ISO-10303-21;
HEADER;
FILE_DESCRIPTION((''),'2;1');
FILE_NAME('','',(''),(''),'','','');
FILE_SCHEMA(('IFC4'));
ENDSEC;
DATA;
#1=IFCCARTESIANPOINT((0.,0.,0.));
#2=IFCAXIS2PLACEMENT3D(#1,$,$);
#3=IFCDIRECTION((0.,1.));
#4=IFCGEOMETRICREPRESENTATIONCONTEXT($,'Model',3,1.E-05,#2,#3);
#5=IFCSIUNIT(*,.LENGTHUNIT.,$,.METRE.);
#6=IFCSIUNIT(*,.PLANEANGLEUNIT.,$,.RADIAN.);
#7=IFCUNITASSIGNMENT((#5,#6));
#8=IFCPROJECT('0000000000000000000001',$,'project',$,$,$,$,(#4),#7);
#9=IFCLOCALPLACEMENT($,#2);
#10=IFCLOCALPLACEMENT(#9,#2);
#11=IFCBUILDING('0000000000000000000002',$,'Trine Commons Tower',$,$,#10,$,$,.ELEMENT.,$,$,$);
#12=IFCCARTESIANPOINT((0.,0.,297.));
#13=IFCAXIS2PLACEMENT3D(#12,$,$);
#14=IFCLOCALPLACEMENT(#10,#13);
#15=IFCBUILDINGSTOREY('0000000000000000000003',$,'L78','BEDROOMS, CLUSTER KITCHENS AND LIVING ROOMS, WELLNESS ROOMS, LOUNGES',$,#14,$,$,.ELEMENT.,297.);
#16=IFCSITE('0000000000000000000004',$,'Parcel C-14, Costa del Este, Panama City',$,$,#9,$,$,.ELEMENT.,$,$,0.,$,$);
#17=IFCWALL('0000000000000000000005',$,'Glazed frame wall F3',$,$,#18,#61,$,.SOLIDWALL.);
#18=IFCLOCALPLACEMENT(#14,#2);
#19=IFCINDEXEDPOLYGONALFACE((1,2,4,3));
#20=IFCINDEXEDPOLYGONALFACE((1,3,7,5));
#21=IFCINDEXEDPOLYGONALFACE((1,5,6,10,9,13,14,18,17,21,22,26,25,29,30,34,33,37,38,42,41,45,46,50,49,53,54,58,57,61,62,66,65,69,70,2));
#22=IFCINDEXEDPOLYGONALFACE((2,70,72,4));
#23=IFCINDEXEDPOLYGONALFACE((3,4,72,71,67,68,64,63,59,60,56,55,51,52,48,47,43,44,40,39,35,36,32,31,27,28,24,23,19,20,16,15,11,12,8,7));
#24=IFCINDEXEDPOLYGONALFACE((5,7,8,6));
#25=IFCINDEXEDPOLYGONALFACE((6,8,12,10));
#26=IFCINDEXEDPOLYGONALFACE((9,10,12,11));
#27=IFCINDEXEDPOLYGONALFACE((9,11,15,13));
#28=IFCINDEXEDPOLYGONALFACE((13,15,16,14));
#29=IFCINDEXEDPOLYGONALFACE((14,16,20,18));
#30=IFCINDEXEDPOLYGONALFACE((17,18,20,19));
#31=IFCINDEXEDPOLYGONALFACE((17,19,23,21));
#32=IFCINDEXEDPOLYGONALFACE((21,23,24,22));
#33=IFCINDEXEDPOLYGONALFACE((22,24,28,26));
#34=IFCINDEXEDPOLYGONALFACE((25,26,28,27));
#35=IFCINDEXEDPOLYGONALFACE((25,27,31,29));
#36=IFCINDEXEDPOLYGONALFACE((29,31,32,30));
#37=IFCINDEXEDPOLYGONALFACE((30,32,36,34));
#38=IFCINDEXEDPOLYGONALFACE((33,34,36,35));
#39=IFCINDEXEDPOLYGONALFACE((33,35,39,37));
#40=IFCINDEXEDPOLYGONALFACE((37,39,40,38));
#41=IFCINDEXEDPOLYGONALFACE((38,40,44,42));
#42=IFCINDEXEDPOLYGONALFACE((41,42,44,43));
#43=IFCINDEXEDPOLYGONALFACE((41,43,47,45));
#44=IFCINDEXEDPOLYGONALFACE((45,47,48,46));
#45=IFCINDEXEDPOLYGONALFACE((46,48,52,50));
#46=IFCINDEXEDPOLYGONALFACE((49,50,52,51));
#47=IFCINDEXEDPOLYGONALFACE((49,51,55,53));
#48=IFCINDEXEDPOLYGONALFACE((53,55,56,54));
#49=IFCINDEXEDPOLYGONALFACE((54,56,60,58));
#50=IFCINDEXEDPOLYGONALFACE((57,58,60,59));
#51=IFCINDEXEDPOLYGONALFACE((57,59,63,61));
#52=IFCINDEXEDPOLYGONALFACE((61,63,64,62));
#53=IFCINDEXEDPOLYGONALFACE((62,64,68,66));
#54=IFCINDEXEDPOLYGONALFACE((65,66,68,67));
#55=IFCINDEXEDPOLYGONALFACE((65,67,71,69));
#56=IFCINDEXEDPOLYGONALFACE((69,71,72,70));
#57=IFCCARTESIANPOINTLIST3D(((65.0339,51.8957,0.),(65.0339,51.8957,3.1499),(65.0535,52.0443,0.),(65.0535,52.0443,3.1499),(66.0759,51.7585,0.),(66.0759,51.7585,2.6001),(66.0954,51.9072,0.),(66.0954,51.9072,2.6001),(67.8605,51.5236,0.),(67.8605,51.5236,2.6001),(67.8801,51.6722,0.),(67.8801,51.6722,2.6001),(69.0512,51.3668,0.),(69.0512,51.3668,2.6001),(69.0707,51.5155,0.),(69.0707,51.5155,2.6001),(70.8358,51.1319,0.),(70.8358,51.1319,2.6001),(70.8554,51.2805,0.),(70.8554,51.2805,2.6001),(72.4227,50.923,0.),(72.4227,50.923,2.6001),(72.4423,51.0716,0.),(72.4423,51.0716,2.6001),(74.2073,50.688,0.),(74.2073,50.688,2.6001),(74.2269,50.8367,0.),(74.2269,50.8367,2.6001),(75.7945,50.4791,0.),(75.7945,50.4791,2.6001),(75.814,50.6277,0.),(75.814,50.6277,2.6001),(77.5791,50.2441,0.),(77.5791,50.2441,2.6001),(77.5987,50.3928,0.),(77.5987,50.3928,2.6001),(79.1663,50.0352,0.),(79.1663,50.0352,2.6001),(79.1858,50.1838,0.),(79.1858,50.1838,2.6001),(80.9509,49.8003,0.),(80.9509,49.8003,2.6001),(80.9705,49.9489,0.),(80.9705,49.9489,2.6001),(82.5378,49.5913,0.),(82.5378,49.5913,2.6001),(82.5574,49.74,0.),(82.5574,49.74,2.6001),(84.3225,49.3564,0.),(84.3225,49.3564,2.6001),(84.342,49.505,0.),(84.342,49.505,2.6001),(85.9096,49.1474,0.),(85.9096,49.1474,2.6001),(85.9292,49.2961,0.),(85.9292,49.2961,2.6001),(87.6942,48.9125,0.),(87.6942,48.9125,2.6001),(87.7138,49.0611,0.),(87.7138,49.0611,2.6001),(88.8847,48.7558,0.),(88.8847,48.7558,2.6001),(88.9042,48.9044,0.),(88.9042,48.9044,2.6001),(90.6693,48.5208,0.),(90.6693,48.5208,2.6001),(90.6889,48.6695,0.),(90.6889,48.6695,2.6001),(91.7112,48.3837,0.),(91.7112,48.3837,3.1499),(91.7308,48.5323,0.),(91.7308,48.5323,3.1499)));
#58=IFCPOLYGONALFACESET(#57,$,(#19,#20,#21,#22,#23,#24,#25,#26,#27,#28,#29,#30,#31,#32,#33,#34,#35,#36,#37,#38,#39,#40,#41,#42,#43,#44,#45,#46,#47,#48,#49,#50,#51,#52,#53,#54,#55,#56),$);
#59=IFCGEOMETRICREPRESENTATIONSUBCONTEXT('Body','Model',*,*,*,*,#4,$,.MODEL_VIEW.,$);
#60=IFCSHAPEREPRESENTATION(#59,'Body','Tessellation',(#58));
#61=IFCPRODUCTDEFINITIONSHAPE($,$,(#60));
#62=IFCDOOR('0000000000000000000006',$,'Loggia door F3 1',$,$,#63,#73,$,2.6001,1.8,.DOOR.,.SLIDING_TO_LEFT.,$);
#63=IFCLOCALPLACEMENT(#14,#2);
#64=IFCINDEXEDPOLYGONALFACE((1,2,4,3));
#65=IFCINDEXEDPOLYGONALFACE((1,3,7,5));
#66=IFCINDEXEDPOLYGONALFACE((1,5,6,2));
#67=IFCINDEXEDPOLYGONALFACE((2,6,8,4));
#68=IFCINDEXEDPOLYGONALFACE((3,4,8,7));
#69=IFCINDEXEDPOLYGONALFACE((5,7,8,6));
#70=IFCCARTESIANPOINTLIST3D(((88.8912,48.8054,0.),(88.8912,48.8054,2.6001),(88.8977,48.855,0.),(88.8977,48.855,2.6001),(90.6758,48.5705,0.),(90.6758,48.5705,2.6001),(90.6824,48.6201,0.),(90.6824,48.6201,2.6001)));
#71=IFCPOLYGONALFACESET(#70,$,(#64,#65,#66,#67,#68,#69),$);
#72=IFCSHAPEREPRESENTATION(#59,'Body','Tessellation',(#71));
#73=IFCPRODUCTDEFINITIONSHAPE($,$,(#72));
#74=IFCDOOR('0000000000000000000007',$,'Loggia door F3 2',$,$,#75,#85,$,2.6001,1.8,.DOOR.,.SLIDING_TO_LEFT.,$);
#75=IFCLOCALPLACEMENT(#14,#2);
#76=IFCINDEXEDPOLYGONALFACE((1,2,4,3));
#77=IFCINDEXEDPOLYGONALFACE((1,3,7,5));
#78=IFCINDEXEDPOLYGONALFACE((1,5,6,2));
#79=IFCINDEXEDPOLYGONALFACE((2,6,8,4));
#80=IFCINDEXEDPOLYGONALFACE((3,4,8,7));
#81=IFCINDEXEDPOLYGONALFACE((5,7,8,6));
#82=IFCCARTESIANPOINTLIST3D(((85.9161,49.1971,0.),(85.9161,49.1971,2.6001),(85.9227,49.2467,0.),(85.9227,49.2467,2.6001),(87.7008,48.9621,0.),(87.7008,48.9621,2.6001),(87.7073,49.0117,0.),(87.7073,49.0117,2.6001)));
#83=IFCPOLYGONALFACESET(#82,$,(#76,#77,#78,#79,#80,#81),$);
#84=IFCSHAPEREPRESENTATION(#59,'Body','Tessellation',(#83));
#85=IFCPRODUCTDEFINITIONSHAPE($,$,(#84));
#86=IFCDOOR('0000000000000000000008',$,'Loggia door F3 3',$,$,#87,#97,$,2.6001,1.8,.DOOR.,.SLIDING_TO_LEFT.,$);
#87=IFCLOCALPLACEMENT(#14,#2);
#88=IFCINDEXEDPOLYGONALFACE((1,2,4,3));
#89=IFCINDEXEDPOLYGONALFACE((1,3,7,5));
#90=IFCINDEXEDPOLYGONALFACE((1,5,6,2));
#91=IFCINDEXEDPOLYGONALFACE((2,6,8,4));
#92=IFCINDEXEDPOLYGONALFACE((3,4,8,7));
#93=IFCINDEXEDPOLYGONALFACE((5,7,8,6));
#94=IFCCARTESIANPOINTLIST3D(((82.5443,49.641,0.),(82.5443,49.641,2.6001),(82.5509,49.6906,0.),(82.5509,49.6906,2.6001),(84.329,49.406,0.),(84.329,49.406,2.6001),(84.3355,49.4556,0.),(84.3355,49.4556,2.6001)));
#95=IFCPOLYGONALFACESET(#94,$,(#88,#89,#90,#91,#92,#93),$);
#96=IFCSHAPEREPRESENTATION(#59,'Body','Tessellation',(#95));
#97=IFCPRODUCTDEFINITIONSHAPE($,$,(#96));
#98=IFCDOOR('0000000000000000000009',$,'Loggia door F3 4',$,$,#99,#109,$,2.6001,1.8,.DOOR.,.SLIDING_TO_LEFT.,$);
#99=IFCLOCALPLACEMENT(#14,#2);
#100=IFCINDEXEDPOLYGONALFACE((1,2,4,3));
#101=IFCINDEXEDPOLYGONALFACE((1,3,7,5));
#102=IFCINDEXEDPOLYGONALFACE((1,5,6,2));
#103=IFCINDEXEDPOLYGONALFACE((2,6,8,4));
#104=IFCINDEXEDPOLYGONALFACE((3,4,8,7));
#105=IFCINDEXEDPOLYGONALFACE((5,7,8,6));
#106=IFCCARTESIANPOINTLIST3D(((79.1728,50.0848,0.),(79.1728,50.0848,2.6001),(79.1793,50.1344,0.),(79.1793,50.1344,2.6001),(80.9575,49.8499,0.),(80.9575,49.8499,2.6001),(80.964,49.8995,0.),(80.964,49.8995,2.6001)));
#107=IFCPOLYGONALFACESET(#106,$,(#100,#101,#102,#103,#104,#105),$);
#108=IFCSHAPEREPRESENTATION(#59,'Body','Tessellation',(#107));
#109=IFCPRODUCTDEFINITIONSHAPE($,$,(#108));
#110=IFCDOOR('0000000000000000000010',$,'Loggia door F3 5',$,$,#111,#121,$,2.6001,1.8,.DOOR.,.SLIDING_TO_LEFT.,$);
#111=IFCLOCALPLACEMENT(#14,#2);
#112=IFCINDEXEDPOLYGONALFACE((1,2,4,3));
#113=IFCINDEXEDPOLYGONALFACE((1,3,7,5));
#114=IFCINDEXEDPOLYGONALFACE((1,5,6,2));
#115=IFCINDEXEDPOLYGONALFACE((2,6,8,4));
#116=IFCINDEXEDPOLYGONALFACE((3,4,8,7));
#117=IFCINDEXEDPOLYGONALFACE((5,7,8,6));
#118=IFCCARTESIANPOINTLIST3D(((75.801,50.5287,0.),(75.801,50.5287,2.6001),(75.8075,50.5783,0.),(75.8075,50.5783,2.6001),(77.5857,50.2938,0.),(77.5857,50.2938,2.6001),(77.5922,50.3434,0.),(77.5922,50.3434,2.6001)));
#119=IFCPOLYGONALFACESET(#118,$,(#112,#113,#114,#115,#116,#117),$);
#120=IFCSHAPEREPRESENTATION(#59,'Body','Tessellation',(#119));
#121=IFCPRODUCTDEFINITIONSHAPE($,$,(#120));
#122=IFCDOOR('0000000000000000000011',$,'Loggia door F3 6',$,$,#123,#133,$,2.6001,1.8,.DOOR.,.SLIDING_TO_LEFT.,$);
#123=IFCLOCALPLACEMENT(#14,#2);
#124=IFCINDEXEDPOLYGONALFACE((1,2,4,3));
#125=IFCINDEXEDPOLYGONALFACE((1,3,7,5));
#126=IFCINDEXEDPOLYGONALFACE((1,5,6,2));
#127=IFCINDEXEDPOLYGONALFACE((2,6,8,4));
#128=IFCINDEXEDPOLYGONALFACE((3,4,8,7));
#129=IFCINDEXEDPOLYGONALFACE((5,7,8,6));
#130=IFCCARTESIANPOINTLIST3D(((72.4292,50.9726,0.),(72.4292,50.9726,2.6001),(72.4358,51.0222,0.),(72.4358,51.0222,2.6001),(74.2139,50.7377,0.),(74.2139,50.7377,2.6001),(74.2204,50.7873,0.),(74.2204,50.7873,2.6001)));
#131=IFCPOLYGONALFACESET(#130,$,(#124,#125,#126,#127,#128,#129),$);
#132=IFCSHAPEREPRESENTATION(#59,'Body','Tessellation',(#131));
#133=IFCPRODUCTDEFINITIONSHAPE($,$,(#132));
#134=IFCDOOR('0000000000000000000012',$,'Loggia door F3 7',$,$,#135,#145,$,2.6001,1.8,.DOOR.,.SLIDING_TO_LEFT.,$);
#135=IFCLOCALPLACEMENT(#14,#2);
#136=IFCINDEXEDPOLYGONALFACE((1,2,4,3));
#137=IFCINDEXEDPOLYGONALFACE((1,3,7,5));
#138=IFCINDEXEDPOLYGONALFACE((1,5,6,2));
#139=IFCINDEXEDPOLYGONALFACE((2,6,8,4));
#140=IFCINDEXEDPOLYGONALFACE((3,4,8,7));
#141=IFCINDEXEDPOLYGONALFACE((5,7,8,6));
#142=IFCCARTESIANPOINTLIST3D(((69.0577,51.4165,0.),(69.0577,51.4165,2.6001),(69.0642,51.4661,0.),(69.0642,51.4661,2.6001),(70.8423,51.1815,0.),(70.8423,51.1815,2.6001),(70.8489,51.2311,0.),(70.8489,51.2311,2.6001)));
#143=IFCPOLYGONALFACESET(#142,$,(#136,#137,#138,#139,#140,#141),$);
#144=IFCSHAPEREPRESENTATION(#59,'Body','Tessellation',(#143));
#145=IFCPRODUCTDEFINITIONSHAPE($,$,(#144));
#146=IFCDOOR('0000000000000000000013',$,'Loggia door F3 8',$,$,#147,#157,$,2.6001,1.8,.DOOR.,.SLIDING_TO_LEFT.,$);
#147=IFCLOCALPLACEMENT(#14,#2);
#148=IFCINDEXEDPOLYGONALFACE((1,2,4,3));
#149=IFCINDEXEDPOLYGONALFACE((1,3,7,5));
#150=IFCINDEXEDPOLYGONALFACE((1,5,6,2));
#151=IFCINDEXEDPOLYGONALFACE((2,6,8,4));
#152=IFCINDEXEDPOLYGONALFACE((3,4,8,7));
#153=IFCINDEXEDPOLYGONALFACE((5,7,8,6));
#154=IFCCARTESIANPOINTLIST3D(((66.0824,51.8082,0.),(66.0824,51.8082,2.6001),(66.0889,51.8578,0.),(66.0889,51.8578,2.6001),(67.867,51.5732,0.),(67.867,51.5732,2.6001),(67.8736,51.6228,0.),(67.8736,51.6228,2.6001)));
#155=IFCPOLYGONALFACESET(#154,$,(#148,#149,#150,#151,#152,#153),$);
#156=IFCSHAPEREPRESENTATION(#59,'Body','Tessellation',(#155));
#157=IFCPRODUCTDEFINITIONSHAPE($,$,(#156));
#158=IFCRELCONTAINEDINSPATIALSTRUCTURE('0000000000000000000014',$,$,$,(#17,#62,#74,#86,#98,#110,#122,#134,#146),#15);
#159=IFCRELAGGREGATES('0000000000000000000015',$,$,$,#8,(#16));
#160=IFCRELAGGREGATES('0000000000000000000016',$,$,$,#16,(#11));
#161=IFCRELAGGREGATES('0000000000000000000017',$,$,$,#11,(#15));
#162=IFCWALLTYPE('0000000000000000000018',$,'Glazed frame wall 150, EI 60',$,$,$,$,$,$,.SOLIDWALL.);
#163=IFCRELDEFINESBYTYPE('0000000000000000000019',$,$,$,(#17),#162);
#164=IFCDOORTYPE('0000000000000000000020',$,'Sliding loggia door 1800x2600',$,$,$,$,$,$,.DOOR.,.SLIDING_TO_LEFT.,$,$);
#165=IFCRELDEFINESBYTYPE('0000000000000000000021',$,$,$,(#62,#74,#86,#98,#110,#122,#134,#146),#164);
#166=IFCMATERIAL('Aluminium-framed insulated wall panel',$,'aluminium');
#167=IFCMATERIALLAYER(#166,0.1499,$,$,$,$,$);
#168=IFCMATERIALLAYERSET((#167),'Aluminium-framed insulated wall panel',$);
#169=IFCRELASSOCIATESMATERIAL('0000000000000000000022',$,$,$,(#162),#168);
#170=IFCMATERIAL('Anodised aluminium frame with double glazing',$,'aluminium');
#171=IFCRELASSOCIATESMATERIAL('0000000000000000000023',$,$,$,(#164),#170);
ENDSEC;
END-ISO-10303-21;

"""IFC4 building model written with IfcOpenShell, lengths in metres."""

from ifc_helpers import new_model, si_unit, direction, frame, frame_2d, origin, place, context, subcontext, project, spatial, polyline, rectangle, outline, extrude, material, layer, layer_set, type_object, element, fill, save


model = new_model("IFC4")

# Units and contexts
model_context = context("Model", 3, precision=1e-05, world=origin(), true_north=direction((0.0, 1.0)))
body_context = subcontext(model_context, "Body", "Model", "MODEL_VIEW")
ifc_project = project(units=[si_unit("LENGTHUNIT", "METRE"), si_unit("PLANEANGLEUNIT", "RADIAN")], contexts=[model_context])

# Site, building, storey
site_placement = place(None, origin())
site = spatial("IfcSite", under=ifc_project, at=site_placement, Name="Parcel C-14, Costa del Este, Panama City", CompositionType="ELEMENT", RefElevation=0.0)
building_placement = place(site_placement, origin())
building = spatial("IfcBuilding", under=site, at=building_placement, Name="Trine Commons Tower", CompositionType="ELEMENT")
storey_placement = place(building_placement, frame((0.0, 0.0, 297.0)))
storey = spatial("IfcBuildingStorey", under=building, at=storey_placement, Name="L78", Description="BEDROOMS, CLUSTER KITCHENS AND LIVING ROOMS, WELLNESS ROOMS, LOUNGES", CompositionType="ELEMENT", Elevation=297.0)

# Shared definitions
ifc_material_1 = material(Name="Aluminium-framed insulated wall panel", Category="aluminium")
ifc_layer_1 = layer(ifc_material_1, 0.1499)
ifc_layer_set_1 = layer_set([ifc_layer_1], Name="Aluminium-framed insulated wall panel")
wall_type_1 = type_object("IfcWallType", Name="Glazed frame wall 150, EI 60", PredefinedType="SOLIDWALL", material=ifc_layer_set_1)
ifc_material_2 = material(Name="Anodised aluminium frame with double glazing", Category="aluminium")
door_type_1 = type_object("IfcDoorType", Name="Sliding loggia door 1800x2600", OperationType="SLIDING_TO_LEFT", PredefinedType="DOOR", material=ifc_material_2)

# Wall, openings, doors
wall_1_placement = place(storey_placement, frame((91.8691, 48.4385, 0.0), z_axis=(0.0, 0.0, 1.0), x_axis=(-0.991445, 0.130523, 0.0)))
wall_1 = element("IfcWall", 1, at=wall_1_placement, inside=storey, type_object=wall_type_1, Name="Glazed frame wall F3", PredefinedType="SOLIDWALL", context=body_context, shape_type="SweptSolid", body=[
    extrude(outline(polyline([(0.1494, 0.075), (0.1494, -0.075), (27.0569, -0.075), (27.0569, 0.075), (0.1494, 0.075)])), origin(), (0.0, 0.0, 1.0), 3.1499),
])
opening_1_placement = place(wall_1_placement, frame((1.2004, 0.0, 0.0)))
opening_1 = element("IfcOpeningElement", 2, at=opening_1_placement, cuts=wall_1, PredefinedType="OPENING", context=body_context, shape_type="SweptSolid", body=[
    extrude(rectangle(XDim=1.8, YDim=2.6001, at=frame_2d((0.8999, 1.3))), frame((0.0, 0.085, 0.0), z_axis=(0.0, -1.0, 0.0), x_axis=(1.0, 0.0, 0.0)), (0.0, 0.0, 1.0), 0.1699),
])
opening_2_placement = place(wall_1_placement, frame((4.2012, 0.0, 0.0)))
opening_2 = element("IfcOpeningElement", 3, at=opening_2_placement, cuts=wall_1, PredefinedType="OPENING", context=body_context, shape_type="SweptSolid", body=[
    extrude(rectangle(XDim=1.8, YDim=2.6001, at=frame_2d((0.8999, 1.3))), frame((0.0, 0.085, 0.0), z_axis=(0.0, -1.0, 0.0), x_axis=(1.0, 0.0, 0.0)), (0.0, 0.0, 1.0), 0.1699),
])
opening_3_placement = place(wall_1_placement, frame((7.6021, 0.0, 0.0)))
opening_3 = element("IfcOpeningElement", 4, at=opening_3_placement, cuts=wall_1, PredefinedType="OPENING", context=body_context, shape_type="SweptSolid", body=[
    extrude(rectangle(XDim=1.8, YDim=2.6001, at=frame_2d((0.8999, 1.3))), frame((0.0, 0.085, 0.0), z_axis=(0.0, -1.0, 0.0), x_axis=(1.0, 0.0, 0.0)), (0.0, 0.0, 1.0), 0.1699),
])
opening_4_placement = place(wall_1_placement, frame((11.0027, 0.0, 0.0)))
opening_4 = element("IfcOpeningElement", 5, at=opening_4_placement, cuts=wall_1, PredefinedType="OPENING", context=body_context, shape_type="SweptSolid", body=[
    extrude(rectangle(XDim=1.8, YDim=2.6001, at=frame_2d((0.8999, 1.3))), frame((0.0, 0.085, 0.0), z_axis=(0.0, -1.0, 0.0), x_axis=(1.0, 0.0, 0.0)), (0.0, 0.0, 1.0), 0.1699),
])
opening_5_placement = place(wall_1_placement, frame((14.4036, 0.0, 0.0)))
opening_5 = element("IfcOpeningElement", 6, at=opening_5_placement, cuts=wall_1, PredefinedType="OPENING", context=body_context, shape_type="SweptSolid", body=[
    extrude(rectangle(XDim=1.8, YDim=2.6001, at=frame_2d((0.8999, 1.3))), frame((0.0, 0.085, 0.0), z_axis=(0.0, -1.0, 0.0), x_axis=(1.0, 0.0, 0.0)), (0.0, 0.0, 1.0), 0.1699),
])
opening_6_placement = place(wall_1_placement, frame((17.8044, 0.0, 0.0)))
opening_6 = element("IfcOpeningElement", 7, at=opening_6_placement, cuts=wall_1, PredefinedType="OPENING", context=body_context, shape_type="SweptSolid", body=[
    extrude(rectangle(XDim=1.8, YDim=2.6001, at=frame_2d((0.8999, 1.3))), frame((0.0, 0.085, 0.0), z_axis=(0.0, -1.0, 0.0), x_axis=(1.0, 0.0, 0.0)), (0.0, 0.0, 1.0), 0.1699),
])
opening_7_placement = place(wall_1_placement, frame((21.2051, 0.0, 0.0)))
opening_7 = element("IfcOpeningElement", 8, at=opening_7_placement, cuts=wall_1, PredefinedType="OPENING", context=body_context, shape_type="SweptSolid", body=[
    extrude(rectangle(XDim=1.8, YDim=2.6001, at=frame_2d((0.8999, 1.3))), frame((0.0, 0.085, 0.0), z_axis=(0.0, -1.0, 0.0), x_axis=(1.0, 0.0, 0.0)), (0.0, 0.0, 1.0), 0.1699),
])
opening_8_placement = place(wall_1_placement, frame((24.2061, 0.0, 0.0)))
opening_8 = element("IfcOpeningElement", 9, at=opening_8_placement, cuts=wall_1, PredefinedType="OPENING", context=body_context, shape_type="SweptSolid", body=[
    extrude(rectangle(XDim=1.8, YDim=2.6001, at=frame_2d((0.8999, 1.3))), frame((0.0, 0.085, 0.0), z_axis=(0.0, -1.0, 0.0), x_axis=(1.0, 0.0, 0.0)), (0.0, 0.0, 1.0), 0.1699),
])
door_1_placement = place(opening_1_placement, origin())
door_1 = element("IfcDoor", 10, at=door_1_placement, inside=storey, type_object=door_type_1, Name="Loggia door F3 1", OperationType="SLIDING_TO_LEFT", OverallHeight=2.6001, OverallWidth=1.8, PredefinedType="DOOR", context=body_context, shape_type="SweptSolid", body=[
    extrude(rectangle(XDim=1.8, YDim=2.6001, at=frame_2d((0.8999, 1.3))), frame((0.0, 0.0249, 0.0), z_axis=(0.0, -1.0, 0.0), x_axis=(1.0, 0.0, 0.0)), (0.0, 0.0, 1.0), 0.05),
])
fill(opening_1, door_1)
door_2_placement = place(opening_2_placement, origin())
door_2 = element("IfcDoor", 11, at=door_2_placement, inside=storey, type_object=door_type_1, Name="Loggia door F3 2", OperationType="SLIDING_TO_LEFT", OverallHeight=2.6001, OverallWidth=1.8, PredefinedType="DOOR", context=body_context, shape_type="SweptSolid", body=[
    extrude(rectangle(XDim=1.8, YDim=2.6001, at=frame_2d((0.8999, 1.3))), frame((0.0, 0.0249, 0.0), z_axis=(0.0, -1.0, 0.0), x_axis=(1.0, 0.0, 0.0)), (0.0, 0.0, 1.0), 0.05),
])
fill(opening_2, door_2)
door_3_placement = place(opening_3_placement, origin())
door_3 = element("IfcDoor", 12, at=door_3_placement, inside=storey, type_object=door_type_1, Name="Loggia door F3 3", OperationType="SLIDING_TO_LEFT", OverallHeight=2.6001, OverallWidth=1.8, PredefinedType="DOOR", context=body_context, shape_type="SweptSolid", body=[
    extrude(rectangle(XDim=1.8, YDim=2.6001, at=frame_2d((0.8999, 1.3))), frame((0.0, 0.0249, 0.0), z_axis=(0.0, -1.0, 0.0), x_axis=(1.0, 0.0, 0.0)), (0.0, 0.0, 1.0), 0.05),
])
fill(opening_3, door_3)
door_4_placement = place(opening_4_placement, origin())
door_4 = element("IfcDoor", 13, at=door_4_placement, inside=storey, type_object=door_type_1, Name="Loggia door F3 4", OperationType="SLIDING_TO_LEFT", OverallHeight=2.6001, OverallWidth=1.8, PredefinedType="DOOR", context=body_context, shape_type="SweptSolid", body=[
    extrude(rectangle(XDim=1.8, YDim=2.6001, at=frame_2d((0.8999, 1.3))), frame((0.0, 0.0249, 0.0), z_axis=(0.0, -1.0, 0.0), x_axis=(1.0, 0.0, 0.0)), (0.0, 0.0, 1.0), 0.05),
])
fill(opening_4, door_4)
door_5_placement = place(opening_5_placement, origin())
door_5 = element("IfcDoor", 14, at=door_5_placement, inside=storey, type_object=door_type_1, Name="Loggia door F3 5", OperationType="SLIDING_TO_LEFT", OverallHeight=2.6001, OverallWidth=1.8, PredefinedType="DOOR", context=body_context, shape_type="SweptSolid", body=[
    extrude(rectangle(XDim=1.8, YDim=2.6001, at=frame_2d((0.8999, 1.3))), frame((0.0, 0.0249, 0.0), z_axis=(0.0, -1.0, 0.0), x_axis=(1.0, 0.0, 0.0)), (0.0, 0.0, 1.0), 0.05),
])
fill(opening_5, door_5)
door_6_placement = place(opening_6_placement, origin())
door_6 = element("IfcDoor", 15, at=door_6_placement, inside=storey, type_object=door_type_1, Name="Loggia door F3 6", OperationType="SLIDING_TO_LEFT", OverallHeight=2.6001, OverallWidth=1.8, PredefinedType="DOOR", context=body_context, shape_type="SweptSolid", body=[
    extrude(rectangle(XDim=1.8, YDim=2.6001, at=frame_2d((0.8999, 1.3))), frame((0.0, 0.0249, 0.0), z_axis=(0.0, -1.0, 0.0), x_axis=(1.0, 0.0, 0.0)), (0.0, 0.0, 1.0), 0.05),
])
fill(opening_6, door_6)
door_7_placement = place(opening_7_placement, origin())
door_7 = element("IfcDoor", 16, at=door_7_placement, inside=storey, type_object=door_type_1, Name="Loggia door F3 7", OperationType="SLIDING_TO_LEFT", OverallHeight=2.6001, OverallWidth=1.8, PredefinedType="DOOR", context=body_context, shape_type="SweptSolid", body=[
    extrude(rectangle(XDim=1.8, YDim=2.6001, at=frame_2d((0.8999, 1.3))), frame((0.0, 0.0249, 0.0), z_axis=(0.0, -1.0, 0.0), x_axis=(1.0, 0.0, 0.0)), (0.0, 0.0, 1.0), 0.05),
])
fill(opening_7, door_7)
door_8_placement = place(opening_8_placement, origin())
door_8 = element("IfcDoor", 17, at=door_8_placement, inside=storey, type_object=door_type_1, Name="Loggia door F3 8", OperationType="SLIDING_TO_LEFT", OverallHeight=2.6001, OverallWidth=1.8, PredefinedType="DOOR", context=body_context, shape_type="SweptSolid", body=[
    extrude(rectangle(XDim=1.8, YDim=2.6001, at=frame_2d((0.8999, 1.3))), frame((0.0, 0.0249, 0.0), z_axis=(0.0, -1.0, 0.0), x_axis=(1.0, 0.0, 0.0)), (0.0, 0.0, 1.0), 0.05),
])
fill(opening_8, door_8)

save(model, "model.ifc")
